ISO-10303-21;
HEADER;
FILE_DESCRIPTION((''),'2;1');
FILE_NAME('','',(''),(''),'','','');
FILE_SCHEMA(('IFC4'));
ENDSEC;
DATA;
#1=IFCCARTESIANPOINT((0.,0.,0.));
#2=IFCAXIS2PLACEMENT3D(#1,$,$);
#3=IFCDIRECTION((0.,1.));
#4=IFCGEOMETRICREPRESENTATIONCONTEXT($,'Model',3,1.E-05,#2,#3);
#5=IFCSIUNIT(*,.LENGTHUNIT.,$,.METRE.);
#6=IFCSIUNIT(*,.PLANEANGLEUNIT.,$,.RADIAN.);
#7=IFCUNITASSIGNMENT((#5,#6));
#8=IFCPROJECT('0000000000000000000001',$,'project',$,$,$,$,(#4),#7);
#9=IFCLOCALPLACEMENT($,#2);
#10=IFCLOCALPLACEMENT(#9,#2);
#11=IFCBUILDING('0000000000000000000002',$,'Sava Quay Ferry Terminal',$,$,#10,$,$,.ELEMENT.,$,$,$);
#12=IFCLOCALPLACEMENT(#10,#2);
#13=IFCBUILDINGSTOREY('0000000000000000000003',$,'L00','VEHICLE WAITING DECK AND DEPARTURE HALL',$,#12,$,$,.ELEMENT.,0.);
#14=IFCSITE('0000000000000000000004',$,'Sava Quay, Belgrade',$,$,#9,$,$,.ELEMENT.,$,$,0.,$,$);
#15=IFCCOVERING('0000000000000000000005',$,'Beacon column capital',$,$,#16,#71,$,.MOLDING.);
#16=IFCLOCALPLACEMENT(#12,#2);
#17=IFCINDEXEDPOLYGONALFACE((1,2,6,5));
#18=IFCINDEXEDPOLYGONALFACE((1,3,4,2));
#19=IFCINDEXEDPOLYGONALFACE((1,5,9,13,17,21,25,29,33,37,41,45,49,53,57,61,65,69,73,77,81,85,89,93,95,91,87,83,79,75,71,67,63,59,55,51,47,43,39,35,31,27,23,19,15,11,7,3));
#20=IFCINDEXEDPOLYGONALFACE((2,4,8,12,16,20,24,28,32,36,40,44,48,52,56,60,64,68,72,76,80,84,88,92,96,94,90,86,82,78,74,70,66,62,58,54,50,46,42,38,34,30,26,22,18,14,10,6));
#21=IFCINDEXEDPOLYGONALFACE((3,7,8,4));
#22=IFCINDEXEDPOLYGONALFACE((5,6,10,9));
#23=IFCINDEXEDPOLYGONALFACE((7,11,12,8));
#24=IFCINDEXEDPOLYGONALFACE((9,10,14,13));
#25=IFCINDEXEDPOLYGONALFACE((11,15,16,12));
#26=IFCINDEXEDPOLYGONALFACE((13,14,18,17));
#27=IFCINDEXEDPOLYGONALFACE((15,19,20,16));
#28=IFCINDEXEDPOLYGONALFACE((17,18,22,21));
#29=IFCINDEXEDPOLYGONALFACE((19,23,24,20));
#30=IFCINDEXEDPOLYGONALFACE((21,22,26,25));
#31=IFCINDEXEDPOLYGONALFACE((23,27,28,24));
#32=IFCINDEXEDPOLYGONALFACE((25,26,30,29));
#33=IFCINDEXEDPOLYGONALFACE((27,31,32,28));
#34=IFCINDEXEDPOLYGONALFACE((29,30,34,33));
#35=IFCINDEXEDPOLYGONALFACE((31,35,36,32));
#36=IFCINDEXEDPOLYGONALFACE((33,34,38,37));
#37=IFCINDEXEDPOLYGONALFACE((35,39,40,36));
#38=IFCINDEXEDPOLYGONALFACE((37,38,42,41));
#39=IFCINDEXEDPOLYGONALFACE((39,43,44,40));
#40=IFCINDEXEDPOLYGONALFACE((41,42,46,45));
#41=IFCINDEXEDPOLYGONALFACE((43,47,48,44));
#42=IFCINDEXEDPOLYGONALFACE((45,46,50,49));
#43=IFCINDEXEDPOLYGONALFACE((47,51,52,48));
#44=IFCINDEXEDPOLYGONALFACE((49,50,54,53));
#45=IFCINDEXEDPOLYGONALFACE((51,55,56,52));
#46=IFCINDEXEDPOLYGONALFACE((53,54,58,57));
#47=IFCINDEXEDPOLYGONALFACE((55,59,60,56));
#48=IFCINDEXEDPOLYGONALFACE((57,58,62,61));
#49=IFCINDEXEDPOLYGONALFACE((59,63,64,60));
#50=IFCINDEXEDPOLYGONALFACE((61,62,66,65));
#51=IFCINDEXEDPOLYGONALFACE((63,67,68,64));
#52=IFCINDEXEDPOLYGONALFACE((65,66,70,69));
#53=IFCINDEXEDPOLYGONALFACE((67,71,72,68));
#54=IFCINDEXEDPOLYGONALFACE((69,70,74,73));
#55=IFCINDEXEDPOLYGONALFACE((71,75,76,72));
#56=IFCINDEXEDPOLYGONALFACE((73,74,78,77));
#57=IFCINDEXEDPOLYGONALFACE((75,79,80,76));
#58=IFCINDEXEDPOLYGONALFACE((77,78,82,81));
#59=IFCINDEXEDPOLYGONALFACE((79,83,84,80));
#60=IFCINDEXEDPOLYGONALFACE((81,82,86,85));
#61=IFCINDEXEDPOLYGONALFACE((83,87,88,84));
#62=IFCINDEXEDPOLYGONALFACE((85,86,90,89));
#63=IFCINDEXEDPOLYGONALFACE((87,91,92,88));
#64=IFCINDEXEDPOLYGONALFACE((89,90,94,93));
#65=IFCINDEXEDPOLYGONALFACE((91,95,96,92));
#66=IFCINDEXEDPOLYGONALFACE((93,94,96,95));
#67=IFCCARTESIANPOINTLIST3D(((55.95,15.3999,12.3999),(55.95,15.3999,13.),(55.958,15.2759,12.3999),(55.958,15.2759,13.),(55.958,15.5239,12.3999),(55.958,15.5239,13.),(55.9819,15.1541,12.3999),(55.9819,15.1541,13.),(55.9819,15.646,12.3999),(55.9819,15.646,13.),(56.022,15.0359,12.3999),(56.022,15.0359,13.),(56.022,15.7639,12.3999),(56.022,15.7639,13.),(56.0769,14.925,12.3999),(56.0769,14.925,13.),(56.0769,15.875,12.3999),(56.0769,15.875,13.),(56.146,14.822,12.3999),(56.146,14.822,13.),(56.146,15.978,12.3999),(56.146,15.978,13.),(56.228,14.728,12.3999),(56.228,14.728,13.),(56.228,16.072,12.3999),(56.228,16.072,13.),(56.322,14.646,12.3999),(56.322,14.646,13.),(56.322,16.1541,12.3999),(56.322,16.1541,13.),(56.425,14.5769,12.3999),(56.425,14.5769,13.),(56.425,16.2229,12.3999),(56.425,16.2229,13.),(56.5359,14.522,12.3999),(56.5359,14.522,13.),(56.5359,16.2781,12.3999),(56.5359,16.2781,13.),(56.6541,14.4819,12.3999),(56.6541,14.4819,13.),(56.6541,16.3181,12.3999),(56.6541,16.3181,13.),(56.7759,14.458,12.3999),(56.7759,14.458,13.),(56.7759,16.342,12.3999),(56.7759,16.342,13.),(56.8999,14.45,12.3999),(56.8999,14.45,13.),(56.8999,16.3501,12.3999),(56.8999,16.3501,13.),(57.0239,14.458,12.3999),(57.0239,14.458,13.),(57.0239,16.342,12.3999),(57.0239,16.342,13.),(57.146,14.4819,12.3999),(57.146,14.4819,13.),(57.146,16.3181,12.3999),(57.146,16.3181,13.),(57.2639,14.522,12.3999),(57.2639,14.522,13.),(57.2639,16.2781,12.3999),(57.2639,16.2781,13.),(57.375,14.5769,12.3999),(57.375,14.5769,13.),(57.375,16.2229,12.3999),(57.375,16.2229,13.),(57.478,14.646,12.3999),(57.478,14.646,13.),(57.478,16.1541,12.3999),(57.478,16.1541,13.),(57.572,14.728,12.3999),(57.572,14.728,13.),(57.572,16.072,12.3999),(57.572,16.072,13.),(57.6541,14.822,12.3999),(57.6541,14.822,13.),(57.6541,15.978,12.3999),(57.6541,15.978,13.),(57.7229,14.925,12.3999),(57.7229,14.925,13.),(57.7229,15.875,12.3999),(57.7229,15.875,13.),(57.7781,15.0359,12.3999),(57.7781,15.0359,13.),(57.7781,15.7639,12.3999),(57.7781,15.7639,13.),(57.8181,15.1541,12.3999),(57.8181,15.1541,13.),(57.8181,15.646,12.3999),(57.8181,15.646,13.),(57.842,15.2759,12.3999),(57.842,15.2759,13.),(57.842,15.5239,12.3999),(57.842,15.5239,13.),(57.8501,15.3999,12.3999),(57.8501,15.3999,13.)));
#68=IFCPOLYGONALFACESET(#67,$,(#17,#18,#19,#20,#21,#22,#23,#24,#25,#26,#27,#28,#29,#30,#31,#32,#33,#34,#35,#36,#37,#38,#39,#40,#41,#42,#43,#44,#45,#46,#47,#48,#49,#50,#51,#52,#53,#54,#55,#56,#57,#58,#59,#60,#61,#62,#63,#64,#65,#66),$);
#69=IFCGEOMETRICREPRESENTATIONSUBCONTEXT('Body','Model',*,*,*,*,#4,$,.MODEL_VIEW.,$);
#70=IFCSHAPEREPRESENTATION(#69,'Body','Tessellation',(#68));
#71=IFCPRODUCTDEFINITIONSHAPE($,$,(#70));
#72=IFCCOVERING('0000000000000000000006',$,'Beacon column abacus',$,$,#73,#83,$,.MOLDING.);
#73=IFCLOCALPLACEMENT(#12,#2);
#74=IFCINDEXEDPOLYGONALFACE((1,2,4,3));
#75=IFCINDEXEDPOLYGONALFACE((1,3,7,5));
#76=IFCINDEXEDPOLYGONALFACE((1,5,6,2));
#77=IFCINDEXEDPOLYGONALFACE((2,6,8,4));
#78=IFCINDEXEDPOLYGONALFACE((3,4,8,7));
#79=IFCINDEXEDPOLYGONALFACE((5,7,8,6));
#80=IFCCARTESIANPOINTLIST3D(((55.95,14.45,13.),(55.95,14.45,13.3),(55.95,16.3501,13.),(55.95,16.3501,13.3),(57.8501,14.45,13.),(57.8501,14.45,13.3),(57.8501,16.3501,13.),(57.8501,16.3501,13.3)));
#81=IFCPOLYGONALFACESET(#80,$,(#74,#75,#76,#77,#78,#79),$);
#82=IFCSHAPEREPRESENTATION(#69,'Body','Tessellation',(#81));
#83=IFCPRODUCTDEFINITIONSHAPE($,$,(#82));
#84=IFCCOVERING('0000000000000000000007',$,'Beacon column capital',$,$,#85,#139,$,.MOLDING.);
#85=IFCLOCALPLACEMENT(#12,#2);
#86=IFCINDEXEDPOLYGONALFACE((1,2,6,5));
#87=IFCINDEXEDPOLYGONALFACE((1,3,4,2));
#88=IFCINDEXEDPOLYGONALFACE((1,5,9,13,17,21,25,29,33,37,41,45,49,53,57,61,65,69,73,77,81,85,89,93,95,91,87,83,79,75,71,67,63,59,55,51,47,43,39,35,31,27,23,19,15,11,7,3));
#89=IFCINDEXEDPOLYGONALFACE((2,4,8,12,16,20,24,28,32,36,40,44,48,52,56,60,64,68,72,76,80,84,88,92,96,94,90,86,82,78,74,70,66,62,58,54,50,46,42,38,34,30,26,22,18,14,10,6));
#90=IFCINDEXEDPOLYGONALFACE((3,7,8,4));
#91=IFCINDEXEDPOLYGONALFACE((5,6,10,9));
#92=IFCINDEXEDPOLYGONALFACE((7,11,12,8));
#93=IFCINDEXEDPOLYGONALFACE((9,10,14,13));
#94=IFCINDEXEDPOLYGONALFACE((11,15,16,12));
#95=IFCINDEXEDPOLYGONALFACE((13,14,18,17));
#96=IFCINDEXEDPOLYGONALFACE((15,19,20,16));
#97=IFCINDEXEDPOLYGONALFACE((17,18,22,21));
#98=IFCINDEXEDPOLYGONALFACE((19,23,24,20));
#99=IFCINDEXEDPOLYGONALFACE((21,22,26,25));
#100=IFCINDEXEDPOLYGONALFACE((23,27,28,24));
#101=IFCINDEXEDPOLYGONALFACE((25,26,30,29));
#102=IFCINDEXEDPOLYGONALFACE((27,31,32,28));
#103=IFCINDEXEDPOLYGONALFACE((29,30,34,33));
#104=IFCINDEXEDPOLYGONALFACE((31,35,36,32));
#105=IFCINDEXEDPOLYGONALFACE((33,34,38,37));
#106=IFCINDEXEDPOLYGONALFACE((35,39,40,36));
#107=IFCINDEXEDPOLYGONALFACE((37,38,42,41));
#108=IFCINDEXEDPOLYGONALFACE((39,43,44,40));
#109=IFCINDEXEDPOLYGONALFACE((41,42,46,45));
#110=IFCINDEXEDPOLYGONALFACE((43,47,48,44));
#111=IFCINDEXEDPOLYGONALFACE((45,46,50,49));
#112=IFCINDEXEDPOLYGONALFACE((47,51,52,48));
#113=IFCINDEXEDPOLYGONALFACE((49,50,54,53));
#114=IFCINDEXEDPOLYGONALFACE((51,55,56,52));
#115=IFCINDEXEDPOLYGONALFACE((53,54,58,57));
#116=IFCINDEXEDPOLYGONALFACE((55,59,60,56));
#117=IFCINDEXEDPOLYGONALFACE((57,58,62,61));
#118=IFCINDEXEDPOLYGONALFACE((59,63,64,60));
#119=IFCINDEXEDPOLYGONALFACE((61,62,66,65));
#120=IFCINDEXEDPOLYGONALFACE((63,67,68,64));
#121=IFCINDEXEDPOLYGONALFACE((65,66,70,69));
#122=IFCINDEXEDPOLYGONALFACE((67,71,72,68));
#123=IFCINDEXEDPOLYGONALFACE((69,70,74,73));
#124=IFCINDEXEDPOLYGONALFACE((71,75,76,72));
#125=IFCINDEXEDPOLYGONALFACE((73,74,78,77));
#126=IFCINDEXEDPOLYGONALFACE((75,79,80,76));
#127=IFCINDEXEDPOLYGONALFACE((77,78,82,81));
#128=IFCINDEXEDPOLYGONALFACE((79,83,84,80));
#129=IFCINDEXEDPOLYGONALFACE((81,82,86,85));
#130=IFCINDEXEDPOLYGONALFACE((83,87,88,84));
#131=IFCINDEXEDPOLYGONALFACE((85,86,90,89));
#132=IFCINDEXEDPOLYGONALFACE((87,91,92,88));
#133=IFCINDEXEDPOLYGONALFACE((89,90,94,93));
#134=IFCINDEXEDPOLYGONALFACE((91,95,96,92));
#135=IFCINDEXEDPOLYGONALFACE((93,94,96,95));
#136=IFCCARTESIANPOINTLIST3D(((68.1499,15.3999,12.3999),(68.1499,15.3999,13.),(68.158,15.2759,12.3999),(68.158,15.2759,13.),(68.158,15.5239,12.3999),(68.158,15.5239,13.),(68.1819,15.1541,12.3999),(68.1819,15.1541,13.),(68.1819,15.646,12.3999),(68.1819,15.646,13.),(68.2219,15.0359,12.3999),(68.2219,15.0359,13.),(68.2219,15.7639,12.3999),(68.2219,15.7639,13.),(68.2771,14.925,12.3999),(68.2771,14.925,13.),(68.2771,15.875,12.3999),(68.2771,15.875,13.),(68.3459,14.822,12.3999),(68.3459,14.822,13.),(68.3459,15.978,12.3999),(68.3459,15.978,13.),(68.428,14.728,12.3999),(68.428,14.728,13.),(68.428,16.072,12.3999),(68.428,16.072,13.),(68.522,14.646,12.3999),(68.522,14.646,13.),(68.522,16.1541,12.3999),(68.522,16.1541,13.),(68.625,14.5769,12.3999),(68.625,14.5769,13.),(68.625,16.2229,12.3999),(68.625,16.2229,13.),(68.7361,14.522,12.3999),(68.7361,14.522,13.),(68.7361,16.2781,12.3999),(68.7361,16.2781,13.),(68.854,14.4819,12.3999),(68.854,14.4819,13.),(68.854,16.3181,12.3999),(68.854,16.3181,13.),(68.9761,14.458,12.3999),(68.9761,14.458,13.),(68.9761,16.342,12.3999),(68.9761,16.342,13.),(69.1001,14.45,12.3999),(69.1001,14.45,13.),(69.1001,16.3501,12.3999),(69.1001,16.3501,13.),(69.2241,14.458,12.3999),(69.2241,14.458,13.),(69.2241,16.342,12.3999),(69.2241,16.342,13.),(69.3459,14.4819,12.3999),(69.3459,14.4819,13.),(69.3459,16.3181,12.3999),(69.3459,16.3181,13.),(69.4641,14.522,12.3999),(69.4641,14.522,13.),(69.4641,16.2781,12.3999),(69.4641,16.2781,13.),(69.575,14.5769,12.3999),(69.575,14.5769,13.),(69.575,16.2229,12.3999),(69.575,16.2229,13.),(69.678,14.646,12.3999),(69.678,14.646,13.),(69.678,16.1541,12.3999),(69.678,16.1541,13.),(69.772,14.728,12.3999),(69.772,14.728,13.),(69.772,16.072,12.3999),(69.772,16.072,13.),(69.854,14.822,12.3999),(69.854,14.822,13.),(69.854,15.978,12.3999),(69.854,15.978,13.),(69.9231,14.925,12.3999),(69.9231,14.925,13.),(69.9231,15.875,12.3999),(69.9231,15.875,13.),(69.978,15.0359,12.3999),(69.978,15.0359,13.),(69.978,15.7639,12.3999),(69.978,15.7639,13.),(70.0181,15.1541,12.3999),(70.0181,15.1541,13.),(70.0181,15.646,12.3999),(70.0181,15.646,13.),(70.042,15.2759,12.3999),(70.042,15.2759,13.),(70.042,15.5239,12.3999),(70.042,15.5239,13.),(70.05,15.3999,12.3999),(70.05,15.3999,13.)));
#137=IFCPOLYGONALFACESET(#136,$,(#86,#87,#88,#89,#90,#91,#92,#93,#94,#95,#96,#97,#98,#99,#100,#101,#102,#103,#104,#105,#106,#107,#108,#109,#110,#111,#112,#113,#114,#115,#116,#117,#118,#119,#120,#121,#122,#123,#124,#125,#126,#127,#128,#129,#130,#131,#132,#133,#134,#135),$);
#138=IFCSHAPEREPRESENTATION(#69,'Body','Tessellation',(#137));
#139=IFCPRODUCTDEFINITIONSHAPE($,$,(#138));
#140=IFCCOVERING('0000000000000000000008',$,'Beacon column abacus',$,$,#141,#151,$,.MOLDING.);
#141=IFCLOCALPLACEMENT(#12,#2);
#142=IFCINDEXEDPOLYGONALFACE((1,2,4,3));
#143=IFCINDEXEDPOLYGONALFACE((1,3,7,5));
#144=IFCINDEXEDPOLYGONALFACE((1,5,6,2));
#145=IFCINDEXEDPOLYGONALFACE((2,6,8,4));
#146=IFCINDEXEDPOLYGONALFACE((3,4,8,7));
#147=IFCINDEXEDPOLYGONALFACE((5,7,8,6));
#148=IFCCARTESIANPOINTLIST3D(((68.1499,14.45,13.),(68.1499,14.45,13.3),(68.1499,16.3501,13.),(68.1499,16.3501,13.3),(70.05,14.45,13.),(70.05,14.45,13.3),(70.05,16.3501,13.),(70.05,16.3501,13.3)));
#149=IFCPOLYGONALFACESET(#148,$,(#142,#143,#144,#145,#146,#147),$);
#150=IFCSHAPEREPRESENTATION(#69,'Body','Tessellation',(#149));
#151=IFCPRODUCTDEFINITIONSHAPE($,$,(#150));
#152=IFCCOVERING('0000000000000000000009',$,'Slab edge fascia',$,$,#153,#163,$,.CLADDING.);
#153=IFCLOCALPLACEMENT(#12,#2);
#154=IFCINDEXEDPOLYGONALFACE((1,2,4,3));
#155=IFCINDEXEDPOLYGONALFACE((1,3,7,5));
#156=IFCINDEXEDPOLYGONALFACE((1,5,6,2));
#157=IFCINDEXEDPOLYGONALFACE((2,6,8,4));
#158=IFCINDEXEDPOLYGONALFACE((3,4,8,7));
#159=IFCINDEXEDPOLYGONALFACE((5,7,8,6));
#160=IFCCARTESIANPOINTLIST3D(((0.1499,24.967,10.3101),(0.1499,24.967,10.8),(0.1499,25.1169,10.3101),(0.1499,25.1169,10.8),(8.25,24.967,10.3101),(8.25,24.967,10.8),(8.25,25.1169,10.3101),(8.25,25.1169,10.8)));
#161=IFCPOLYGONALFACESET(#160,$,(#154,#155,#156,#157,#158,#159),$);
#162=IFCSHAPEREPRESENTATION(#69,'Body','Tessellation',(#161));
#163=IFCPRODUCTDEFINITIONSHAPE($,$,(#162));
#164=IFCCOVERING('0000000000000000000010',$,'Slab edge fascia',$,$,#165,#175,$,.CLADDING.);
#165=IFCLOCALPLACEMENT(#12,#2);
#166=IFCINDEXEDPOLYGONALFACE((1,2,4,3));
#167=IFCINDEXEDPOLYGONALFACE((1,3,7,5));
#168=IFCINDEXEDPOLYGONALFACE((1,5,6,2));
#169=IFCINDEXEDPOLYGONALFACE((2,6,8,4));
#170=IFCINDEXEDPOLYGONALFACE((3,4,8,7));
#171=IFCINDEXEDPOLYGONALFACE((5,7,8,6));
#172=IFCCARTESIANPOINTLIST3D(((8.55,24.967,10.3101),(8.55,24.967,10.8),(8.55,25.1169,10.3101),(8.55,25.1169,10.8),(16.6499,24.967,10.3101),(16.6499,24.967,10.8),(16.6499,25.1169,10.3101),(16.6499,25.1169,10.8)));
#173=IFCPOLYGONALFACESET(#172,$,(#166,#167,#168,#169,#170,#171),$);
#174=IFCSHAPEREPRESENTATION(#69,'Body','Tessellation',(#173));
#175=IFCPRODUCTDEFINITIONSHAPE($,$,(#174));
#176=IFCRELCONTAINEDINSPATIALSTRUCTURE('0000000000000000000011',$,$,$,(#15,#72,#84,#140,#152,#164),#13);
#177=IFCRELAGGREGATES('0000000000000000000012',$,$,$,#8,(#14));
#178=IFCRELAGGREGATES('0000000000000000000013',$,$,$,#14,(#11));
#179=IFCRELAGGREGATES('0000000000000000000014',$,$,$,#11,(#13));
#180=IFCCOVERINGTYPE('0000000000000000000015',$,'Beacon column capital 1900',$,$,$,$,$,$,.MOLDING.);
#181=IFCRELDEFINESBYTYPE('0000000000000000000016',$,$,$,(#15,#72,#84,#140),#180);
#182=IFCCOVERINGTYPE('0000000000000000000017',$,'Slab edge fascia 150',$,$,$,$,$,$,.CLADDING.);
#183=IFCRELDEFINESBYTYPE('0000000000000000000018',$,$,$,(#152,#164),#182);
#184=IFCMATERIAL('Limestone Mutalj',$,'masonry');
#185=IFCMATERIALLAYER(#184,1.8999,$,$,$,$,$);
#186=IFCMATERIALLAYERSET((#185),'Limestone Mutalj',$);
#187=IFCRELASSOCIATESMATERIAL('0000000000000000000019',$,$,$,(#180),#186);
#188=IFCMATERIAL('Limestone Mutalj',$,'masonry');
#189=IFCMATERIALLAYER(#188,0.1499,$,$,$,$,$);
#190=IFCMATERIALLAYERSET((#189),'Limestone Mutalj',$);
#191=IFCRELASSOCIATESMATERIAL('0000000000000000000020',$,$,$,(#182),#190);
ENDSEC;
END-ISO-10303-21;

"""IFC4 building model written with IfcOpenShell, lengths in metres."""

from ifc_helpers import new_model, si_unit, direction, frame, origin, place, context, subcontext, project, spatial, polyline, outline, extrude, material, layer, layer_set, type_object, element, save


model = new_model("IFC4")

# Units and contexts
model_context = context("Model", 3, precision=1e-05, world=origin(), true_north=direction((0.0, 1.0)))
body_context = subcontext(model_context, "Body", "Model", "MODEL_VIEW")
ifc_project = project(units=[si_unit("LENGTHUNIT", "METRE"), si_unit("PLANEANGLEUNIT", "RADIAN")], contexts=[model_context])

# Site, building, storey
site_placement = place(None, origin())
site = spatial("IfcSite", under=ifc_project, at=site_placement, Name="Sava Quay, Belgrade", CompositionType="ELEMENT", RefElevation=0.0)
building_placement = place(site_placement, origin())
building = spatial("IfcBuilding", under=site, at=building_placement, Name="Sava Quay Ferry Terminal", CompositionType="ELEMENT")
storey_placement = place(building_placement, origin())
storey = spatial("IfcBuildingStorey", under=building, at=storey_placement, Name="L00", Description="VEHICLE WAITING DECK AND DEPARTURE HALL", CompositionType="ELEMENT", Elevation=0.0)

# Coverings
ifc_material_1 = material(Name="Limestone Mutalj", Category="masonry")
ifc_layer_1 = layer(ifc_material_1, 1.8999)
ifc_layer_set_1 = layer_set([ifc_layer_1], Name="Limestone Mutalj")
covering_type_1 = type_object("IfcCoveringType", Name="Beacon column capital 1900", PredefinedType="MOLDING", material=ifc_layer_set_1)
covering_1_placement = place(storey_placement, frame((0.0, 0.0, 12.3999)))
element("IfcCovering", 1, at=covering_1_placement, inside=storey, type_object=covering_type_1, Name="Beacon column capital", PredefinedType="MOLDING", context=body_context, shape_type="SweptSolid", body=[
    extrude(outline(polyline([(57.8501, 15.3999), (57.842, 15.5239), (57.8181, 15.646), (57.7781, 15.7639), (57.7229, 15.875), (57.6541, 15.978), (57.572, 16.072), (57.478, 16.1541), (57.375, 16.2229), (57.2639, 16.2781), (57.146, 16.3181), (57.0239, 16.342), (56.8999, 16.3501), (56.7759, 16.342), (56.6541, 16.3181), (56.5359, 16.2781), (56.425, 16.2229), (56.322, 16.1541), (56.228, 16.072), (56.146, 15.978), (56.0769, 15.875), (56.022, 15.7639), (55.9819, 15.646), (55.958, 15.5239), (55.95, 15.3999), (55.958, 15.2759), (55.9819, 15.1541), (56.022, 15.0359), (56.0769, 14.925), (56.146, 14.822), (56.228, 14.728), (56.322, 14.646), (56.425, 14.5769), (56.5359, 14.522), (56.6541, 14.4819), (56.7759, 14.458), (56.8999, 14.45), (57.0239, 14.458), (57.146, 14.4819), (57.2639, 14.522), (57.375, 14.5769), (57.478, 14.646), (57.572, 14.728), (57.6541, 14.822), (57.7229, 14.925), (57.7781, 15.0359), (57.8181, 15.1541), (57.842, 15.2759), (57.8501, 15.3999)])), origin(), (0.0, 0.0, 1.0), 0.6001),
])
covering_2_placement = place(storey_placement, frame((0.0, 0.0, 13.0)))
element("IfcCovering", 2, at=covering_2_placement, inside=storey, type_object=covering_type_1, Name="Beacon column abacus", PredefinedType="MOLDING", context=body_context, shape_type="SweptSolid", body=[
    extrude(outline(polyline([(57.8501, 14.45), (57.8501, 16.3501), (55.95, 16.3501), (55.95, 14.45), (57.8501, 14.45)])), origin(), (0.0, 0.0, 1.0), 0.3),
])
covering_3_placement = place(storey_placement, frame((0.0, 0.0, 12.3999)))
element("IfcCovering", 3, at=covering_3_placement, inside=storey, type_object=covering_type_1, Name="Beacon column capital", PredefinedType="MOLDING", context=body_context, shape_type="SweptSolid", body=[
    extrude(outline(polyline([(70.05, 15.3999), (70.042, 15.5239), (70.0181, 15.646), (69.978, 15.7639), (69.9231, 15.875), (69.854, 15.978), (69.772, 16.072), (69.678, 16.1541), (69.575, 16.2229), (69.4641, 16.2781), (69.3459, 16.3181), (69.2241, 16.342), (69.1001, 16.3501), (68.9761, 16.342), (68.854, 16.3181), (68.7361, 16.2781), (68.625, 16.2229), (68.522, 16.1541), (68.428, 16.072), (68.3459, 15.978), (68.2771, 15.875), (68.2219, 15.7639), (68.1819, 15.646), (68.158, 15.5239), (68.1499, 15.3999), (68.158, 15.2759), (68.1819, 15.1541), (68.2219, 15.0359), (68.2771, 14.925), (68.3459, 14.822), (68.428, 14.728), (68.522, 14.646), (68.625, 14.5769), (68.7361, 14.522), (68.854, 14.4819), (68.9761, 14.458), (69.1001, 14.45), (69.2241, 14.458), (69.3459, 14.4819), (69.4641, 14.522), (69.575, 14.5769), (69.678, 14.646), (69.772, 14.728), (69.854, 14.822), (69.9231, 14.925), (69.978, 15.0359), (70.0181, 15.1541), (70.042, 15.2759), (70.05, 15.3999)])), origin(), (0.0, 0.0, 1.0), 0.6001),
])
covering_4_placement = place(storey_placement, frame((0.0, 0.0, 13.0)))
element("IfcCovering", 4, at=covering_4_placement, inside=storey, type_object=covering_type_1, Name="Beacon column abacus", PredefinedType="MOLDING", context=body_context, shape_type="SweptSolid", body=[
    extrude(outline(polyline([(70.05, 14.45), (70.05, 16.3501), (68.1499, 16.3501), (68.1499, 14.45), (70.05, 14.45)])), origin(), (0.0, 0.0, 1.0), 0.3),
])
ifc_material_2 = material(Name="Limestone Mutalj", Category="masonry")
ifc_layer_2 = layer(ifc_material_2, 0.1499)
ifc_layer_set_2 = layer_set([ifc_layer_2], Name="Limestone Mutalj")
covering_type_2 = type_object("IfcCoveringType", Name="Slab edge fascia 150", PredefinedType="CLADDING", material=ifc_layer_set_2)
covering_5_placement = place(storey_placement, frame((0.0, 0.0, 10.3101)))
element("IfcCovering", 5, at=covering_5_placement, inside=storey, type_object=covering_type_2, Name="Slab edge fascia", PredefinedType="CLADDING", context=body_context, shape_type="SweptSolid", body=[
    extrude(outline(polyline([(8.25, 25.1169), (0.1499, 25.1169), (0.1499, 24.967), (8.25, 24.967), (8.25, 25.1169)])), origin(), (0.0, 0.0, 1.0), 0.49),
])
covering_6_placement = place(storey_placement, frame((0.0, 0.0, 10.3101)))
element("IfcCovering", 6, at=covering_6_placement, inside=storey, type_object=covering_type_2, Name="Slab edge fascia", PredefinedType="CLADDING", context=body_context, shape_type="SweptSolid", body=[
    extrude(outline(polyline([(16.6499, 25.1169), (8.55, 25.1169), (8.55, 24.967), (16.6499, 24.967), (16.6499, 25.1169)])), origin(), (0.0, 0.0, 1.0), 0.49),
])

save(model, "model.ifc")
